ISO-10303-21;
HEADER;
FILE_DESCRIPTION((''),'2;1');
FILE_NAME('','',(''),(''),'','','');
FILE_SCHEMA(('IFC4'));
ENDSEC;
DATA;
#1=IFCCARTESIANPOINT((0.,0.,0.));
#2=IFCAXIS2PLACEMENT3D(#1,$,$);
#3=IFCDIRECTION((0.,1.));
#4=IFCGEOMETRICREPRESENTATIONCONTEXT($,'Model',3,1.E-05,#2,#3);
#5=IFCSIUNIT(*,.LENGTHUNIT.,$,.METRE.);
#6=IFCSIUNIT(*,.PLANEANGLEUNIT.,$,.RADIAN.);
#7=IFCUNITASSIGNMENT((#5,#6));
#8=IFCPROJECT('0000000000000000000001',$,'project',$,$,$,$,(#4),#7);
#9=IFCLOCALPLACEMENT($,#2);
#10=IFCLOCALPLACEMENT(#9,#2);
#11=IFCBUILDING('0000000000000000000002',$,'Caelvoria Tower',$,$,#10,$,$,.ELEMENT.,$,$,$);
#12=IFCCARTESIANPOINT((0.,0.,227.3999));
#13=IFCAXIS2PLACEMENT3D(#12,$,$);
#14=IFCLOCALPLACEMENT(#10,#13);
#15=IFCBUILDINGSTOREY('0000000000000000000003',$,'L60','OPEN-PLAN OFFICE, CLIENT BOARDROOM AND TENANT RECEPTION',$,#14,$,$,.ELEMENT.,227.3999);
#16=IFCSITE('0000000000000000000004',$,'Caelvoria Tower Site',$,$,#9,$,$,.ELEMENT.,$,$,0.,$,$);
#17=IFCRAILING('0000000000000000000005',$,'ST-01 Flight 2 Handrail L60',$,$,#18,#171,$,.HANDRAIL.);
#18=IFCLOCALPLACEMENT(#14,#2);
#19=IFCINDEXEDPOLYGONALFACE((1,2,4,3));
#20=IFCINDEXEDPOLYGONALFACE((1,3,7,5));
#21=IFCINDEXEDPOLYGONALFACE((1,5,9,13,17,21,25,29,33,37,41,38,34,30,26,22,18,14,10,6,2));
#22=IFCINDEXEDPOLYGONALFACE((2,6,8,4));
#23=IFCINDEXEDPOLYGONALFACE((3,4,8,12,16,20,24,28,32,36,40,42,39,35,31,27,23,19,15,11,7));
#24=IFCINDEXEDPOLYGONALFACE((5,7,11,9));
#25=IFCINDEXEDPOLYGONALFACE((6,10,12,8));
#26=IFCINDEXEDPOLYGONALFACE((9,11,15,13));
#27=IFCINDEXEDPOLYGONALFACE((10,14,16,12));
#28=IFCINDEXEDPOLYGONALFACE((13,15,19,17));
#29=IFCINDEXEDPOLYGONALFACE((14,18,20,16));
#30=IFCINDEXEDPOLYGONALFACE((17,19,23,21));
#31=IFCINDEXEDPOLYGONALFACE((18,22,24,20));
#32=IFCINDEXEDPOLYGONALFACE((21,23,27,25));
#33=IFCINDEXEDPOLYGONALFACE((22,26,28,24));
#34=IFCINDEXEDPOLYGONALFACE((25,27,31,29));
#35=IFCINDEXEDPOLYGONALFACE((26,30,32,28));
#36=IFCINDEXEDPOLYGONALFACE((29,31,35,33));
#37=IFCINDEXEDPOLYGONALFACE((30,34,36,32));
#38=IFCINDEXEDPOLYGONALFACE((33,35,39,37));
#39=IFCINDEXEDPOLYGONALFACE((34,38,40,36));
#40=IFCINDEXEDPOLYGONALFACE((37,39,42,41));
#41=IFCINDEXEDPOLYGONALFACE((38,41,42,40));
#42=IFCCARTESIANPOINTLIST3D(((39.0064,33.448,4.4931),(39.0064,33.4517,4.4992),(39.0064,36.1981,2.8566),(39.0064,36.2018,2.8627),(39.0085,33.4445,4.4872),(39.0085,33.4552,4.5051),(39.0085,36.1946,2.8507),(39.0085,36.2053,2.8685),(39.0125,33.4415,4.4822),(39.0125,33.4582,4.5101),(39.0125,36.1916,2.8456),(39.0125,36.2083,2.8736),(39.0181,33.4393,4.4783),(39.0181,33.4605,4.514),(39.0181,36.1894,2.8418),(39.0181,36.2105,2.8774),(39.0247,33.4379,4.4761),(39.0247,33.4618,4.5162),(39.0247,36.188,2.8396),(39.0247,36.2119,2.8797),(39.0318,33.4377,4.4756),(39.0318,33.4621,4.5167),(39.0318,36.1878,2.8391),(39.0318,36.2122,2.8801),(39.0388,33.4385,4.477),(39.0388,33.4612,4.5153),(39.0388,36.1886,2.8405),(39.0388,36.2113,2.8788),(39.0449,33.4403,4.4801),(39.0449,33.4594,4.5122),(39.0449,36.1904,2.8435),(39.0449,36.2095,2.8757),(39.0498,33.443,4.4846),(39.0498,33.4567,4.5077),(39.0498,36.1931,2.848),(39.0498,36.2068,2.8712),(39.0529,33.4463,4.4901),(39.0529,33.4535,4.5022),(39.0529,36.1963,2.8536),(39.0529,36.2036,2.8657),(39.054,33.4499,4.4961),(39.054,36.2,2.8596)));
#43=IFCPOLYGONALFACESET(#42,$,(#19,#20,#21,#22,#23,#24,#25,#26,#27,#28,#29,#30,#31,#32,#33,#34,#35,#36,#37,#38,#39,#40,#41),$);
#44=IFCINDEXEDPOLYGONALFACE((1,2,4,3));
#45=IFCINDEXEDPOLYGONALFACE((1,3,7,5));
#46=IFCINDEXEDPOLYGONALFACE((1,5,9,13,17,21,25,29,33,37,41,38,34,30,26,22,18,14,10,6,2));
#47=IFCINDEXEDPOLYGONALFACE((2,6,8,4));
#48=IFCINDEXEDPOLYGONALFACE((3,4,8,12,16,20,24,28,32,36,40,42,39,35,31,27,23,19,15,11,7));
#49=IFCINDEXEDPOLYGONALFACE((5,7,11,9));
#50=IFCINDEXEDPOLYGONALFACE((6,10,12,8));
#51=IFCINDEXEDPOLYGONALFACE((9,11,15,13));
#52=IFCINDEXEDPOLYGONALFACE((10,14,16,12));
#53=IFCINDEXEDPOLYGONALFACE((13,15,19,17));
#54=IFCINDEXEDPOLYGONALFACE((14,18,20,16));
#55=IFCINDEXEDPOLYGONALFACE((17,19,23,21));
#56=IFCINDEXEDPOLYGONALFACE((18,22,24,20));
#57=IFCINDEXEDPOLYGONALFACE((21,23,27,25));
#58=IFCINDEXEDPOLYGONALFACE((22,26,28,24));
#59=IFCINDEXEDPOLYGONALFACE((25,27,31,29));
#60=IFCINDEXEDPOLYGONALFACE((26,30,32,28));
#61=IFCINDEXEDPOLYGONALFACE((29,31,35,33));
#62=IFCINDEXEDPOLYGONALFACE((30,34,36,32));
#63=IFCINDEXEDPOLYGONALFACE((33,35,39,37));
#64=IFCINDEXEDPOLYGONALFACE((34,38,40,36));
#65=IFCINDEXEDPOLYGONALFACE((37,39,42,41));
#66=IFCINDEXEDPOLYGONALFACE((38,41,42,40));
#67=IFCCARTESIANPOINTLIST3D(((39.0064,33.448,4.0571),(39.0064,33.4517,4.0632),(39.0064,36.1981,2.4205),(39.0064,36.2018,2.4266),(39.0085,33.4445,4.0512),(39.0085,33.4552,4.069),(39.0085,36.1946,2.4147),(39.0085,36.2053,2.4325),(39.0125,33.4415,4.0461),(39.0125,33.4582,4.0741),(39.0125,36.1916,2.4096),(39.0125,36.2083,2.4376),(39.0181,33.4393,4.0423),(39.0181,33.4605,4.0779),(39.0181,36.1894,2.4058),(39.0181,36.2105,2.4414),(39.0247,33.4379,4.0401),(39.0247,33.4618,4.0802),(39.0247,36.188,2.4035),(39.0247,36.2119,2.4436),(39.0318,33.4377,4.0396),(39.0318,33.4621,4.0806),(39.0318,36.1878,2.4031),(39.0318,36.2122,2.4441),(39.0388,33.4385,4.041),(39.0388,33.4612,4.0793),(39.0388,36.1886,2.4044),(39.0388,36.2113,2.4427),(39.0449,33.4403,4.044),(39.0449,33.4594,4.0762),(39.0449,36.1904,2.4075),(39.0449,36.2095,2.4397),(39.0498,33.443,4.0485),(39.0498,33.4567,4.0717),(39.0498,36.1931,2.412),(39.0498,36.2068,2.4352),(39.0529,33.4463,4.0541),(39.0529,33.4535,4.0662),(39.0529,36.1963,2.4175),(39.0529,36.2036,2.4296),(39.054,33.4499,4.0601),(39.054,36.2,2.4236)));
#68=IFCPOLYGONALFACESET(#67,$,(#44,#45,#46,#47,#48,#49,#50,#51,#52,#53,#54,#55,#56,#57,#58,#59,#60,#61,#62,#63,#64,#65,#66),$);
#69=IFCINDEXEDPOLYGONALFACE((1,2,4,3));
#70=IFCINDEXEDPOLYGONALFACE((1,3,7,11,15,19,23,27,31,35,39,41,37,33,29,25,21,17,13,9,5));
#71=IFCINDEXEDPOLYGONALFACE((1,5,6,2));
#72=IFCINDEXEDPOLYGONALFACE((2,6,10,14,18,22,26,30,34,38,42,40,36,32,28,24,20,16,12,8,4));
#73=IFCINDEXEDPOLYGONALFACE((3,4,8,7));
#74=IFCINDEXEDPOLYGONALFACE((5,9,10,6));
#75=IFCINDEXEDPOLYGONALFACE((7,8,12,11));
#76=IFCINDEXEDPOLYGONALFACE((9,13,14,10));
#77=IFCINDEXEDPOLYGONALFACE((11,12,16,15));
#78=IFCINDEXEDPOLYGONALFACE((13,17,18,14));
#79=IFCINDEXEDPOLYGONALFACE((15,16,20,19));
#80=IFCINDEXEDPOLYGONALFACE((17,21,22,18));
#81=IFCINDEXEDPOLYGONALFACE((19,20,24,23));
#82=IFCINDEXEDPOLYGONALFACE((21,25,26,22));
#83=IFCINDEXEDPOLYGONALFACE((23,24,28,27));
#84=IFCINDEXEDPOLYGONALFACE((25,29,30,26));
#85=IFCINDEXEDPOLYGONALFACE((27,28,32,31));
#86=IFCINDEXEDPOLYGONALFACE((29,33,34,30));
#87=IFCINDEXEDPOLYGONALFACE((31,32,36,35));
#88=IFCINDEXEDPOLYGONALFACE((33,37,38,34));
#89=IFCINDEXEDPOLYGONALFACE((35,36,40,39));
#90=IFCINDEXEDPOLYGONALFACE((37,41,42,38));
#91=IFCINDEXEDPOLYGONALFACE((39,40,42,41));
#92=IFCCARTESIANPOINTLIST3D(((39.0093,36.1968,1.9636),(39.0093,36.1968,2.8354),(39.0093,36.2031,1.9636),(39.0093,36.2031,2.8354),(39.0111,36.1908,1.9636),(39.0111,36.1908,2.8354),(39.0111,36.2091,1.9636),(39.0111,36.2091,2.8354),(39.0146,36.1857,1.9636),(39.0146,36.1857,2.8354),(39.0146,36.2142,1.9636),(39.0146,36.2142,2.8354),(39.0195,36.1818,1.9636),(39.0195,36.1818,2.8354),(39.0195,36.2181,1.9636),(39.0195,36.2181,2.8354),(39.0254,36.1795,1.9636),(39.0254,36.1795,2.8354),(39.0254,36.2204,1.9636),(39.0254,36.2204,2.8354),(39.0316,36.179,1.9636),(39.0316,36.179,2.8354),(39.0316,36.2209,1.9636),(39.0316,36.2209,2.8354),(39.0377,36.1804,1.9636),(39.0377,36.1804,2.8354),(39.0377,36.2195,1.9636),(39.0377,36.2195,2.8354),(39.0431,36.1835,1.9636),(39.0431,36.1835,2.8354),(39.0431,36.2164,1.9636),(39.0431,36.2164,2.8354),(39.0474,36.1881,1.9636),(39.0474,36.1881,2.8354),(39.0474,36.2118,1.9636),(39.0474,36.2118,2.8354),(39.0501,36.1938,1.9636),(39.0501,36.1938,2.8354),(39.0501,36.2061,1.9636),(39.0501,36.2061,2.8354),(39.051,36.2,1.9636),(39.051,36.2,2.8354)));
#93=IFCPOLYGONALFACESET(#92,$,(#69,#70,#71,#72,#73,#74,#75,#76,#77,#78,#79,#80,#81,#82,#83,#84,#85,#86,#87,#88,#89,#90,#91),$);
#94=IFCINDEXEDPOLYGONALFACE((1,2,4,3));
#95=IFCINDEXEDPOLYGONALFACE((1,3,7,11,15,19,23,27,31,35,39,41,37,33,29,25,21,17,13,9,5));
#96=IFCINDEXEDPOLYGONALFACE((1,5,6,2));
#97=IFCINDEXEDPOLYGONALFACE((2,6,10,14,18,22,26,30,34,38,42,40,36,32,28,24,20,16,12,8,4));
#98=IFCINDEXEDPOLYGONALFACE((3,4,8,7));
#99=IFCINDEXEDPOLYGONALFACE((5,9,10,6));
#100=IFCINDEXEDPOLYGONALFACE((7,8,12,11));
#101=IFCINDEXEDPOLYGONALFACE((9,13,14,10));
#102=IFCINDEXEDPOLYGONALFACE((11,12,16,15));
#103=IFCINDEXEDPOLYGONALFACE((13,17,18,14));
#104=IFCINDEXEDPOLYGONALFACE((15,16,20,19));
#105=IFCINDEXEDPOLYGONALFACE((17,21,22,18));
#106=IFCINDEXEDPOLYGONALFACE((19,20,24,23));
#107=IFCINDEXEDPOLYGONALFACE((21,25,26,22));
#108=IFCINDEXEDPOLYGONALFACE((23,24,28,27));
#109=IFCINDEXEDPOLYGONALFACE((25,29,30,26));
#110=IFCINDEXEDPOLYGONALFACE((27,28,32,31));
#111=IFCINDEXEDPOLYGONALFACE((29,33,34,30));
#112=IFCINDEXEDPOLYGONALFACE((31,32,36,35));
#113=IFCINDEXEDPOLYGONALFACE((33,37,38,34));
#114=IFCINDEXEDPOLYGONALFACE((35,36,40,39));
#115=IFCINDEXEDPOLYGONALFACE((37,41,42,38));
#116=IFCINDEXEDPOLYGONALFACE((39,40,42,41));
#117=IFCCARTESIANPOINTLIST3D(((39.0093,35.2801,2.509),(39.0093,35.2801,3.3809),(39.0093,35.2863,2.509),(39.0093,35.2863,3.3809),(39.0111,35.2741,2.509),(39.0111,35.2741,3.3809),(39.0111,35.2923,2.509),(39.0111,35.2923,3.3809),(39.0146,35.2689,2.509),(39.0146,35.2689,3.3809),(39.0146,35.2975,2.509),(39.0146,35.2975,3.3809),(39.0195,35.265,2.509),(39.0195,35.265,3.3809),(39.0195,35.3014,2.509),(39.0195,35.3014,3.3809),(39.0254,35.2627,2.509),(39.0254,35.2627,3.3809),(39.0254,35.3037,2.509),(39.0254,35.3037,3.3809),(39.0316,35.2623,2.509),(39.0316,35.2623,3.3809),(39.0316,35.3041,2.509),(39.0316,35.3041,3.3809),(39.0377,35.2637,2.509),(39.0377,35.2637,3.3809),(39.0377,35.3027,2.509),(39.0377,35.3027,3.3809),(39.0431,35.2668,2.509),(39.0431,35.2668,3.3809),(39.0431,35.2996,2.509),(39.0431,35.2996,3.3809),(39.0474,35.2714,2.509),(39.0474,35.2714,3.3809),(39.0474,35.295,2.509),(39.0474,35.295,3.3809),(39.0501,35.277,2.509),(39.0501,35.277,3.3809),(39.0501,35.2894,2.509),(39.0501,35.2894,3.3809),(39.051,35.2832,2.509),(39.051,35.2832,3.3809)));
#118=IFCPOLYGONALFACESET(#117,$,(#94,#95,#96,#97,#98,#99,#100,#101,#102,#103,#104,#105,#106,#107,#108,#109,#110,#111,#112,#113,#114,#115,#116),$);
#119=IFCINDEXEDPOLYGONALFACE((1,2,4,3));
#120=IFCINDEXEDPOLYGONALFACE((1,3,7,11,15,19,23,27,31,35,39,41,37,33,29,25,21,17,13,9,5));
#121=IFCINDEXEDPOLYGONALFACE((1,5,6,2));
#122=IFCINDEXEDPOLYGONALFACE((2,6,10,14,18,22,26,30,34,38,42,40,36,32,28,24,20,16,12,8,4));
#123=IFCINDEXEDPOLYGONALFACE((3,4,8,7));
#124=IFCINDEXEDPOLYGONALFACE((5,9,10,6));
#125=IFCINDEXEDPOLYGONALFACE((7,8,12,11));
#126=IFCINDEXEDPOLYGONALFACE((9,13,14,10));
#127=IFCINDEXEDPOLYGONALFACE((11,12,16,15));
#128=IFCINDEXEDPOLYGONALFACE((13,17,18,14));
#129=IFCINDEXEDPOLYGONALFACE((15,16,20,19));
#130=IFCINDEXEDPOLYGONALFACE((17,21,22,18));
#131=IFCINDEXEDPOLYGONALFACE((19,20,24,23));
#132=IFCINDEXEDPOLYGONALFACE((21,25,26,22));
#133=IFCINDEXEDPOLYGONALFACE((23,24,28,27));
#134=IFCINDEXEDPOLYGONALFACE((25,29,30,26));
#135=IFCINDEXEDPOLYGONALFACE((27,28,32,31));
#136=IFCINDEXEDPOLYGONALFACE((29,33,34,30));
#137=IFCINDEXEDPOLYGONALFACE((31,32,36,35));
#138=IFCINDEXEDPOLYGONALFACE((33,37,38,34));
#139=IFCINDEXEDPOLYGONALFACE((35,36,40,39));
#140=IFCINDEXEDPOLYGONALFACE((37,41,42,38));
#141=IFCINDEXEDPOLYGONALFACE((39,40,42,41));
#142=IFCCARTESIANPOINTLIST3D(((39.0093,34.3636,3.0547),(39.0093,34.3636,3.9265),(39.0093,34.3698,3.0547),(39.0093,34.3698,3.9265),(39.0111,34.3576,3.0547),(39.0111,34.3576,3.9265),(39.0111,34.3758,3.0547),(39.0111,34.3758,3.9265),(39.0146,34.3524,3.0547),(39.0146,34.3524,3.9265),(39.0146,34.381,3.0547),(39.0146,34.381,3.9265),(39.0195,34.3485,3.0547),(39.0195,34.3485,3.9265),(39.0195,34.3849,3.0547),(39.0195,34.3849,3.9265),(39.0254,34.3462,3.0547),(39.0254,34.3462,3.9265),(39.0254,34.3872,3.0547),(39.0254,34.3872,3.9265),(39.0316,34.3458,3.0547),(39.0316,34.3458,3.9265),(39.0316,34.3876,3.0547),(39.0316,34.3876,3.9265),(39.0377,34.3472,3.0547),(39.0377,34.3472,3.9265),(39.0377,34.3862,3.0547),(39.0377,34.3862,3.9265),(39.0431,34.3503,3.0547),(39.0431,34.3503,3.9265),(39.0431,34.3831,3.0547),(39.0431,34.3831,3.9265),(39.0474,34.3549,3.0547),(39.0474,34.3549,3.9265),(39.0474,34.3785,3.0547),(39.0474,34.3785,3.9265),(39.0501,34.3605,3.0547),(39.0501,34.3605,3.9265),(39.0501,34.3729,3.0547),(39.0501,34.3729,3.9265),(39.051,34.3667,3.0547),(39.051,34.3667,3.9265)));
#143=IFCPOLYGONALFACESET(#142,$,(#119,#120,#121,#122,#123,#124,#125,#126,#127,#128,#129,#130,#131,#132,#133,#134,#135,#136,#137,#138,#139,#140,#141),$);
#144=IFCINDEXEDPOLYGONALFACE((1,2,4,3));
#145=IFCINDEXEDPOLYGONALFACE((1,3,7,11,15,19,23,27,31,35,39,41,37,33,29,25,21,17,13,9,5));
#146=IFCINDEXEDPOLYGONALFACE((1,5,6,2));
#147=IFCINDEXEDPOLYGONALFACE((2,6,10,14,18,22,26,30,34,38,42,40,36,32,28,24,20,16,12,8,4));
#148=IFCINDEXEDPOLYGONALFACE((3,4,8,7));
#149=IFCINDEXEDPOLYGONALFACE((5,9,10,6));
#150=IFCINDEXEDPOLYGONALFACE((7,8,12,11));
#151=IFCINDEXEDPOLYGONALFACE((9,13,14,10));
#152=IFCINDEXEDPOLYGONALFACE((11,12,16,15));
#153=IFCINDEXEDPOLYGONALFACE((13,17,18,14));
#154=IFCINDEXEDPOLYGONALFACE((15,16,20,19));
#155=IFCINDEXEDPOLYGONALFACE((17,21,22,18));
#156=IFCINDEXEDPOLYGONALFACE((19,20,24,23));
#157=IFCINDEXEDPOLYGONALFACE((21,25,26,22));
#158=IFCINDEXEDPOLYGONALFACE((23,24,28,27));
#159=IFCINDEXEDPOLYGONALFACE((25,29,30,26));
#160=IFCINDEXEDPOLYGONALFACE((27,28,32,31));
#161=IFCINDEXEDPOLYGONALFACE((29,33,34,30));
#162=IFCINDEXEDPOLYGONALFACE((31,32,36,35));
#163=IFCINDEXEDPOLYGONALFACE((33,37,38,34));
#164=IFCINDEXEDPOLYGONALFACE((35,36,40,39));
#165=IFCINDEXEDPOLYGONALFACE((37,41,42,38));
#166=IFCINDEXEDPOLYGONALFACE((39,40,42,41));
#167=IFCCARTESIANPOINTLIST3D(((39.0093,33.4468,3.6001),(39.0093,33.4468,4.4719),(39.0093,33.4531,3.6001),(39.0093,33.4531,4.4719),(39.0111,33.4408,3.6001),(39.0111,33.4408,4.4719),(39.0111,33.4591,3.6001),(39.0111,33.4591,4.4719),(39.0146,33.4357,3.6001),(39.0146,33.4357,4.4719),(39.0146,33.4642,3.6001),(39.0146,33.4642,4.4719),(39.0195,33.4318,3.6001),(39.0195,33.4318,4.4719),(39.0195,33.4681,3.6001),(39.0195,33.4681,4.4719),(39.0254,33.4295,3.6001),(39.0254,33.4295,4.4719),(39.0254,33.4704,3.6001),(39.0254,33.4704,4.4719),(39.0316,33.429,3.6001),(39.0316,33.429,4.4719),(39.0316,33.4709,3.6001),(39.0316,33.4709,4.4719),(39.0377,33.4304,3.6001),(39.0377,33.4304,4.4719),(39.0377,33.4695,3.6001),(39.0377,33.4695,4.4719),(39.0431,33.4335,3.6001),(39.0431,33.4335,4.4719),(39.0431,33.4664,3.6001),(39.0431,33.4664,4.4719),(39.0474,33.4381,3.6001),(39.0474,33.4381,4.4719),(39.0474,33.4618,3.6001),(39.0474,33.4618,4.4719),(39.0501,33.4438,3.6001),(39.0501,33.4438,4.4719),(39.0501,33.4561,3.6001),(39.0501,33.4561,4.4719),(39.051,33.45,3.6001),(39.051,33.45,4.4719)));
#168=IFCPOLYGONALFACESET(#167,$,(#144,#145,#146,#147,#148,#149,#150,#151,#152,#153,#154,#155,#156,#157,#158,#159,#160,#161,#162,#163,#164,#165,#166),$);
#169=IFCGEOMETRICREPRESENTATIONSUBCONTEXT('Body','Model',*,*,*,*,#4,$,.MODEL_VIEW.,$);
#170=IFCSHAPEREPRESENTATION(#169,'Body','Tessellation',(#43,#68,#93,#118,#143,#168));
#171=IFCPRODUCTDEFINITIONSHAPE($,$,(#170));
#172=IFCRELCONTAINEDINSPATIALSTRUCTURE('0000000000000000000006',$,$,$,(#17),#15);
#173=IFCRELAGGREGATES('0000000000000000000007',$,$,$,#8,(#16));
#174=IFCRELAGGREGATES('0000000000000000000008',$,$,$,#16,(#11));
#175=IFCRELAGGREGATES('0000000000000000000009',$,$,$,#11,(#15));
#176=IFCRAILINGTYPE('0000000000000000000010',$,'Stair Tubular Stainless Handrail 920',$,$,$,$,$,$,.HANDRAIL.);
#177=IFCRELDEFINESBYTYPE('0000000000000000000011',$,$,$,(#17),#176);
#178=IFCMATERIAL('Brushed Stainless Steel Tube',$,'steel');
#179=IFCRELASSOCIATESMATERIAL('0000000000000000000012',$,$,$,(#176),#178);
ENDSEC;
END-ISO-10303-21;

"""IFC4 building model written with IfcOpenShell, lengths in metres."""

from ifc_helpers import new_model, si_unit, direction, frame, origin, origin_2d, place, context, subcontext, project, spatial, circle, extrude, material, type_object, element, save


model = new_model("IFC4")

# Units and contexts
model_context = context("Model", 3, precision=1e-05, world=origin(), true_north=direction((0.0, 1.0)))
body_context = subcontext(model_context, "Body", "Model", "MODEL_VIEW")
ifc_project = project(units=[si_unit("LENGTHUNIT", "METRE"), si_unit("PLANEANGLEUNIT", "RADIAN")], contexts=[model_context])

# Site, building, storey
site_placement = place(None, origin())
site = spatial("IfcSite", under=ifc_project, at=site_placement, Name="Caelvoria Tower Site", CompositionType="ELEMENT", RefElevation=0.0)
building_placement = place(site_placement, origin())
building = spatial("IfcBuilding", under=site, at=building_placement, Name="Caelvoria Tower", CompositionType="ELEMENT")
storey_placement = place(building_placement, frame((0.0, 0.0, 227.3999)))
storey = spatial("IfcBuildingStorey", under=building, at=storey_placement, Name="L60", Description="OPEN-PLAN OFFICE, CLIENT BOARDROOM AND TENANT RECEPTION", CompositionType="ELEMENT", Elevation=227.3999)

# Railing
ifc_material_1 = material(Name="Brushed Stainless Steel Tube", Category="steel")
railing_type = type_object("IfcRailingType", Name="Stair Tubular Stainless Handrail 920", PredefinedType="HANDRAIL", material=ifc_material_1)
railing_1_placement = place(storey_placement, frame((39.03, 36.2, 1.9636)))
element("IfcRailing", 1, at=railing_1_placement, inside=storey, type_object=railing_type, Name="ST-01 Flight 2 Handrail L60", PredefinedType="HANDRAIL", context=body_context, shape_type="SweptSolid", body=[
    extrude(circle(Radius=0.0239, at=origin_2d()), frame((0.0, 0.0, 0.896), z_axis=(0.0, -0.859352, 0.511385), x_axis=(1.0, 0.0, 0.0)), (0.0, 0.0, 1.0), 3.2002),
    extrude(circle(Radius=0.0239, at=origin_2d()), frame((0.0, 0.0, 0.46), z_axis=(0.0, -0.859352, 0.511385), x_axis=(1.0, 0.0, 0.0)), (0.0, 0.0, 1.0), 3.2002),
    extrude(circle(Radius=0.021, at=origin_2d()), origin(), (0.0, 0.0, 1.0), 0.8718),
    extrude(circle(Radius=0.021, at=origin_2d()), frame((0.0, -0.9167, 0.5454)), (0.0, 0.0, 1.0), 0.8718),
    extrude(circle(Radius=0.021, at=origin_2d()), frame((0.0, -1.8333, 1.0911)), (0.0, 0.0, 1.0), 0.8718),
    extrude(circle(Radius=0.021, at=origin_2d()), frame((0.0, -2.75, 1.6365)), (0.0, 0.0, 1.0), 0.8718),
])

save(model, "model.ifc")
